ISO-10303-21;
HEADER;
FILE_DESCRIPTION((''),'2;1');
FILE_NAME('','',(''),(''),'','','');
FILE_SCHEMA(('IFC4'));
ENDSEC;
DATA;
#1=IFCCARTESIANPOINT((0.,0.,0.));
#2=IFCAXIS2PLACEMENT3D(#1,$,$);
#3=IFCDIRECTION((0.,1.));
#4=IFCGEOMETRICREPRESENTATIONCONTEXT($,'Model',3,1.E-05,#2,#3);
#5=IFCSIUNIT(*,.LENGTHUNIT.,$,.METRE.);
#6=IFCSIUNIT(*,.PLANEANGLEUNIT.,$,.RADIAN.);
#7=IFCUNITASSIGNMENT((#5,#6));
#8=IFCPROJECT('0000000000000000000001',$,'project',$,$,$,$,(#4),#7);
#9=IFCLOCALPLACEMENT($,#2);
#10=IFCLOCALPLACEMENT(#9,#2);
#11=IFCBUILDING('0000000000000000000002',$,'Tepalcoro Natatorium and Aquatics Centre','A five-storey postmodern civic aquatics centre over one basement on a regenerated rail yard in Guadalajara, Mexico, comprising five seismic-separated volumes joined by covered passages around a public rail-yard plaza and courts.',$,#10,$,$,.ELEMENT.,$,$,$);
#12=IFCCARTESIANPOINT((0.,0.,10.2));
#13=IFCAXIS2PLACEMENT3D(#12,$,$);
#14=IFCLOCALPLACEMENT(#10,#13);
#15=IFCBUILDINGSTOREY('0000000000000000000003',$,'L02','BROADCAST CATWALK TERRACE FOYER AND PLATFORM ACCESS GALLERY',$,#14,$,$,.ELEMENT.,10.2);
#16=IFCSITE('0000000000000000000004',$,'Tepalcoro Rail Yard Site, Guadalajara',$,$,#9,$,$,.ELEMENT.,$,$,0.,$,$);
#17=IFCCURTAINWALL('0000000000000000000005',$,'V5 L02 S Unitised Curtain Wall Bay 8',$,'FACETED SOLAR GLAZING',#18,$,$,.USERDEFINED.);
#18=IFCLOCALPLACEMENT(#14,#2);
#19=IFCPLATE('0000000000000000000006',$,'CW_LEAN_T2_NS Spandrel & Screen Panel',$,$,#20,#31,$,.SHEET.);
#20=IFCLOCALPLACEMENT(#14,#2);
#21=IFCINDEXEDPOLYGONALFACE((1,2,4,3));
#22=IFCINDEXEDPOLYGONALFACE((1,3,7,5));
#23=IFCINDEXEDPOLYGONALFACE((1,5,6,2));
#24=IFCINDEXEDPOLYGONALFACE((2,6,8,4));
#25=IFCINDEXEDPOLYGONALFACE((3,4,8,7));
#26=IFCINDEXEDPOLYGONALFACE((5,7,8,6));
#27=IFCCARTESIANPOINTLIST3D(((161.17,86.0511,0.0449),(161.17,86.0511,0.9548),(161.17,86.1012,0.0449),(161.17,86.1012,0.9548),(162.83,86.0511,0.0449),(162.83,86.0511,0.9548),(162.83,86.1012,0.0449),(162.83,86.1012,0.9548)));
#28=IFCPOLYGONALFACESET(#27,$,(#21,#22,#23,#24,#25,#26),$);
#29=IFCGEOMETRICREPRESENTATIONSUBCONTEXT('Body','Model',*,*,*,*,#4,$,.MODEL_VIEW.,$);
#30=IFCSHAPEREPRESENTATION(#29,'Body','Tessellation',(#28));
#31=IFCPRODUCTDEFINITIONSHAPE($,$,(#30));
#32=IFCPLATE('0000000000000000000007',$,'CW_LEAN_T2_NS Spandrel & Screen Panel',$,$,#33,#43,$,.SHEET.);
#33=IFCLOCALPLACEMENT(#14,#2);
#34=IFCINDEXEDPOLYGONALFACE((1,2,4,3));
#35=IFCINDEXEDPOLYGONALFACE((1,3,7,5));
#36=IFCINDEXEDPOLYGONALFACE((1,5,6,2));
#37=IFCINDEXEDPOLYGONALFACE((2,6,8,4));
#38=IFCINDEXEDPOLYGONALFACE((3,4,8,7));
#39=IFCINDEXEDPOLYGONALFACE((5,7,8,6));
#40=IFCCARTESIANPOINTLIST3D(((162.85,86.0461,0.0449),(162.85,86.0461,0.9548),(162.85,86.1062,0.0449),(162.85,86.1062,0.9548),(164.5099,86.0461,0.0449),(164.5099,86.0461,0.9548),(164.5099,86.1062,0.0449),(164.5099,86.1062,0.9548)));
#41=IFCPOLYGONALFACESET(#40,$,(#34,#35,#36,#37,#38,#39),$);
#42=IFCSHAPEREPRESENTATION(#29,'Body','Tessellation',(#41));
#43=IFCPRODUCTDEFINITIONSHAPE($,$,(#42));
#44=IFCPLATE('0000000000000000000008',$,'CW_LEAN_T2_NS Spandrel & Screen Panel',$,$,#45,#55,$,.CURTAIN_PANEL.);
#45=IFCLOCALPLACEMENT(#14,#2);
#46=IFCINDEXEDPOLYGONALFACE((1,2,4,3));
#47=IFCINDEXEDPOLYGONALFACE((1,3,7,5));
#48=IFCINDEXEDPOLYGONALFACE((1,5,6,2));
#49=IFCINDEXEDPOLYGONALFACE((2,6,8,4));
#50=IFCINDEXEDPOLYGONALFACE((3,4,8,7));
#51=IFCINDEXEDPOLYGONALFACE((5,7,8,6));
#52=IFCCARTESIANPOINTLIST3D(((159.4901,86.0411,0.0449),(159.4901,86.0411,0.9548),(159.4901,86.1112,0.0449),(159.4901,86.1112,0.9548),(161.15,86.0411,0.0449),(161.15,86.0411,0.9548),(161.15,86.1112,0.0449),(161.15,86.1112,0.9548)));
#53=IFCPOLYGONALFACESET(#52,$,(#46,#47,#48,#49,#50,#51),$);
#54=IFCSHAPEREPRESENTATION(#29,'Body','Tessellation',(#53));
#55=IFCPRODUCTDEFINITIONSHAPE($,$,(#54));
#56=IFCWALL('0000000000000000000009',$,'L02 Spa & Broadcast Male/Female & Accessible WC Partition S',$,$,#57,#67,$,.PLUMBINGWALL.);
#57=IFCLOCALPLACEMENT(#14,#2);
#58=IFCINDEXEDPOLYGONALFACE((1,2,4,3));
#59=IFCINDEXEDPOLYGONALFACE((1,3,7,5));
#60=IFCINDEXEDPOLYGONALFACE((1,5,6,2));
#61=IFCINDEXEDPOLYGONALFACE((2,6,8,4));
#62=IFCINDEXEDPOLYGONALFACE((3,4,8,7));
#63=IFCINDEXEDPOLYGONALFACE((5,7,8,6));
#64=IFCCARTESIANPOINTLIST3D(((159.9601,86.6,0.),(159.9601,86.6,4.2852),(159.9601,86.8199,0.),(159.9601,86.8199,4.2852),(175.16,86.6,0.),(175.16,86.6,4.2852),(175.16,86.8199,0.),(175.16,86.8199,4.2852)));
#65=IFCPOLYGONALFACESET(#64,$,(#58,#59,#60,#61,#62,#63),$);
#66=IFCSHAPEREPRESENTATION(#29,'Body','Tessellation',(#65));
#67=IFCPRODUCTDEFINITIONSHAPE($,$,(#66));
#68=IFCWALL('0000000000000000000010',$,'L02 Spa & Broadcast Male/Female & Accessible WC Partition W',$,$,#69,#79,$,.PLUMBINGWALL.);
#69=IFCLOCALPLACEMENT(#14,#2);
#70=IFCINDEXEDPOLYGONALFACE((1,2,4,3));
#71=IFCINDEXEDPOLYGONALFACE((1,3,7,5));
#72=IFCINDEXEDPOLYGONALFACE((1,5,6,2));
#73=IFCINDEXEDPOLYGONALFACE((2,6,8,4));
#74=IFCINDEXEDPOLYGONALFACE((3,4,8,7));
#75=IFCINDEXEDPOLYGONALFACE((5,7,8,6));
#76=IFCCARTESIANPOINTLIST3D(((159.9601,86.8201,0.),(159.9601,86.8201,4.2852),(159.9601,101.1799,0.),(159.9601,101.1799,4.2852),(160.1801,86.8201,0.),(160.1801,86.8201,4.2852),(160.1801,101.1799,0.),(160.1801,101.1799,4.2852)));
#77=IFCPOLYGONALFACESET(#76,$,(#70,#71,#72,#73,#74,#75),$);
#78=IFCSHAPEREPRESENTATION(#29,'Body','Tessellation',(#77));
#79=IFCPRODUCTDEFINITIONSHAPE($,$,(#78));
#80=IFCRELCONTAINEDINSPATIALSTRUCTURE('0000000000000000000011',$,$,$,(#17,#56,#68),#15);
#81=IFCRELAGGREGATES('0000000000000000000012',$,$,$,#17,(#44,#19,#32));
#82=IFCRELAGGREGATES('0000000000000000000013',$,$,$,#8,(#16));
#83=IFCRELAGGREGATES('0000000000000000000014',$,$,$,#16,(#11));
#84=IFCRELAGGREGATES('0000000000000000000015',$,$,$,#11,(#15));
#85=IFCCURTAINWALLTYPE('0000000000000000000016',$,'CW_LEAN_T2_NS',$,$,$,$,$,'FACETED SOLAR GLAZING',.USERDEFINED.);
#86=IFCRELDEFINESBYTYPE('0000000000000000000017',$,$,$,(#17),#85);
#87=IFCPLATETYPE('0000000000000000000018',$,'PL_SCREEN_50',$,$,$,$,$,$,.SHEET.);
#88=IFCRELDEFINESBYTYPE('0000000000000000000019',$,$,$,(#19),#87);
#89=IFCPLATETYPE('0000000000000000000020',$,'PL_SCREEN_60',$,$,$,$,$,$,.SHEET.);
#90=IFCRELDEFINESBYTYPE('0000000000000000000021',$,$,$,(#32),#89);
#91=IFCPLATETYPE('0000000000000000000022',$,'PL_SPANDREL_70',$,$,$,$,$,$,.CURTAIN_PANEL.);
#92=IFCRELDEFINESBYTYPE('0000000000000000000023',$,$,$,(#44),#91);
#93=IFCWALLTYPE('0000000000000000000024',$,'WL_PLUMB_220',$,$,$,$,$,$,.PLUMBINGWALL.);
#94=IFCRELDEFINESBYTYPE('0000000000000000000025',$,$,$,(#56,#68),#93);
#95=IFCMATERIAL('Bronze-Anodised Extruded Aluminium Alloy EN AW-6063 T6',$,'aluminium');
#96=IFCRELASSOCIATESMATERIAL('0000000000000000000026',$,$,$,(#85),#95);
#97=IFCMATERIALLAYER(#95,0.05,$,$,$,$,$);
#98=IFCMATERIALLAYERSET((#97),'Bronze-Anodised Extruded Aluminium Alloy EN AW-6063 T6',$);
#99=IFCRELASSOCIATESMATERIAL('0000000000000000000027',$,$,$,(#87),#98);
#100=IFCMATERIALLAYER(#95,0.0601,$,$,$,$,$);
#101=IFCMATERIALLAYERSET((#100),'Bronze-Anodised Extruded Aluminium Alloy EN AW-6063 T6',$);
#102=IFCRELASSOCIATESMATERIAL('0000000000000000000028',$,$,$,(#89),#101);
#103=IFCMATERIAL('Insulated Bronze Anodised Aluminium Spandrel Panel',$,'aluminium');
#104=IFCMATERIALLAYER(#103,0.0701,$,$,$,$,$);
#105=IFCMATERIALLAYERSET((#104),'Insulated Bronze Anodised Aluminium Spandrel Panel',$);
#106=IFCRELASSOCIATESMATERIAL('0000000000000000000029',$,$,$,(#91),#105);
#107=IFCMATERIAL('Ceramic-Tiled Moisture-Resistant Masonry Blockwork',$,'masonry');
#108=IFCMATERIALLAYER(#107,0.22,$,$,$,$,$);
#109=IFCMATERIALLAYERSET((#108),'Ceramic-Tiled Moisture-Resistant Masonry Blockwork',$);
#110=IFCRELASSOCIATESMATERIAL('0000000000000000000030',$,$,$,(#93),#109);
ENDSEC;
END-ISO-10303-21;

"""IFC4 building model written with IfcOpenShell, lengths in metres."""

from ifc_helpers import new_model, si_unit, direction, frame, frame_2d, origin, origin_2d, place, context, subcontext, project, spatial, rectangle, extrude, material, layer, layer_set, type_object, element, aggregate, save


model = new_model("IFC4")

# Units and contexts
model_context = context("Model", 3, precision=1e-05, world=origin(), true_north=direction((0.0, 1.0)))
body_context = subcontext(model_context, "Body", "Model", "MODEL_VIEW")
ifc_project = project(units=[si_unit("LENGTHUNIT", "METRE"), si_unit("PLANEANGLEUNIT", "RADIAN")], contexts=[model_context])

# Site, building, storey
site_placement = place(None, origin())
site = spatial("IfcSite", under=ifc_project, at=site_placement, Name="Tepalcoro Rail Yard Site, Guadalajara", CompositionType="ELEMENT", RefElevation=0.0)
building_placement = place(site_placement, origin())
building = spatial("IfcBuilding", under=site, at=building_placement, Name="Tepalcoro Natatorium and Aquatics Centre", Description="A five-storey postmodern civic aquatics centre over one basement on a regenerated rail yard in Guadalajara, Mexico, comprising five seismic-separated volumes joined by covered passages around a public rail-yard plaza and courts.", CompositionType="ELEMENT")
storey_placement = place(building_placement, frame((0.0, 0.0, 10.2)))
storey = spatial("IfcBuildingStorey", under=building, at=storey_placement, Name="L02", Description="BROADCAST CATWALK TERRACE FOYER AND PLATFORM ACCESS GALLERY", CompositionType="ELEMENT", Elevation=10.2)

# Curtain wall
ifc_material_1 = material(Name="Bronze-Anodised Extruded Aluminium Alloy EN AW-6063 T6", Category="aluminium")
curtain_wall_type = type_object("IfcCurtainWallType", Name="CW_LEAN_T2_NS", ElementType="FACETED SOLAR GLAZING", PredefinedType="USERDEFINED", material=ifc_material_1)
curtain_wall_placement = place(storey_placement, origin())
curtain_wall = element("IfcCurtainWall", 1, at=curtain_wall_placement, inside=storey, type_object=curtain_wall_type, Name="V5 L02 S Unitised Curtain Wall Bay 8", ObjectType="FACETED SOLAR GLAZING", PredefinedType="USERDEFINED")

# Plates
ifc_layer_1 = layer(ifc_material_1, 0.05)
ifc_layer_set_1 = layer_set([ifc_layer_1], Name="Bronze-Anodised Extruded Aluminium Alloy EN AW-6063 T6")
plate_type_1 = type_object("IfcPlateType", Name="PL_SCREEN_50", PredefinedType="SHEET", material=ifc_layer_set_1)
plate_1_placement = place(storey_placement, frame((162.0, 86.0762, 0.0449), z_axis=(0.0, 0.0, 1.0), x_axis=(1.0, 0.0, 0.0)))
plate_1 = element("IfcPlate", 2, at=plate_1_placement, type_object=plate_type_1, Name="CW_LEAN_T2_NS Spandrel & Screen Panel", PredefinedType="SHEET", context=body_context, shape_type="SweptSolid", body=[
    extrude(rectangle(XDim=1.6599, YDim=0.05, at=origin_2d()), origin(), (0.0, 0.0, 1.0), 0.9099),
])
ifc_layer_2 = layer(ifc_material_1, 0.0601)
ifc_layer_set_2 = layer_set([ifc_layer_2], Name="Bronze-Anodised Extruded Aluminium Alloy EN AW-6063 T6")
plate_type_2 = type_object("IfcPlateType", Name="PL_SCREEN_60", PredefinedType="SHEET", material=ifc_layer_set_2)
plate_2_placement = place(storey_placement, frame((163.6799, 86.0762, 0.0449), z_axis=(0.0, 0.0, 1.0), x_axis=(1.0, 0.0, 0.0)))
plate_2 = element("IfcPlate", 3, at=plate_2_placement, type_object=plate_type_2, Name="CW_LEAN_T2_NS Spandrel & Screen Panel", PredefinedType="SHEET", context=body_context, shape_type="SweptSolid", body=[
    extrude(rectangle(XDim=1.6599, YDim=0.0601, at=origin_2d()), origin(), (0.0, 0.0, 1.0), 0.9099),
])
ifc_material_2 = material(Name="Insulated Bronze Anodised Aluminium Spandrel Panel", Category="aluminium")
ifc_layer_3 = layer(ifc_material_2, 0.0701)
ifc_layer_set_3 = layer_set([ifc_layer_3], Name="Insulated Bronze Anodised Aluminium Spandrel Panel")
plate_type_3 = type_object("IfcPlateType", Name="PL_SPANDREL_70", PredefinedType="CURTAIN_PANEL", material=ifc_layer_set_3)
plate_3_placement = place(storey_placement, frame((160.3201, 86.0762, 0.0449), z_axis=(0.0, 0.0, 1.0), x_axis=(1.0, 0.0, 0.0)))
plate_3 = element("IfcPlate", 4, at=plate_3_placement, type_object=plate_type_3, Name="CW_LEAN_T2_NS Spandrel & Screen Panel", PredefinedType="CURTAIN_PANEL", context=body_context, shape_type="SweptSolid", body=[
    extrude(rectangle(XDim=1.6599, YDim=0.0701, at=origin_2d()), origin(), (0.0, 0.0, 1.0), 0.9099),
])
aggregate(curtain_wall, [plate_3, plate_1, plate_2])

# Walls
ifc_material_3 = material(Name="Ceramic-Tiled Moisture-Resistant Masonry Blockwork", Category="masonry")
ifc_layer_4 = layer(ifc_material_3, 0.22)
ifc_layer_set_4 = layer_set([ifc_layer_4], Name="Ceramic-Tiled Moisture-Resistant Masonry Blockwork")
wall_type = type_object("IfcWallType", Name="WL_PLUMB_220", PredefinedType="PLUMBINGWALL", material=ifc_layer_set_4)
wall_1_placement = place(storey_placement, frame((159.96, 86.71, 0.0), z_axis=(0.0, 0.0, 1.0), x_axis=(1.0, 0.0, 0.0)))
element("IfcWall", 5, at=wall_1_placement, inside=storey, type_object=wall_type, Name="L02 Spa & Broadcast Male/Female & Accessible WC Partition S", PredefinedType="PLUMBINGWALL", context=body_context, shape_type="SweptSolid", body=[
    extrude(rectangle(XDim=15.2, YDim=0.22, at=frame_2d((7.6001, 0.0))), origin(), (0.0, 0.0, 1.0), 4.2852),
])
wall_2_placement = place(storey_placement, frame((160.0701, 86.8201, 0.0), z_axis=(0.0, 0.0, 1.0), x_axis=(0.0, 1.0, 0.0)))
element("IfcWall", 6, at=wall_2_placement, inside=storey, type_object=wall_type, Name="L02 Spa & Broadcast Male/Female & Accessible WC Partition W", PredefinedType="PLUMBINGWALL", context=body_context, shape_type="SweptSolid", body=[
    extrude(rectangle(XDim=14.3599, YDim=0.22, at=frame_2d((7.1799, 0.0))), origin(), (0.0, 0.0, 1.0), 4.2852),
])

save(model, "model.ifc")
